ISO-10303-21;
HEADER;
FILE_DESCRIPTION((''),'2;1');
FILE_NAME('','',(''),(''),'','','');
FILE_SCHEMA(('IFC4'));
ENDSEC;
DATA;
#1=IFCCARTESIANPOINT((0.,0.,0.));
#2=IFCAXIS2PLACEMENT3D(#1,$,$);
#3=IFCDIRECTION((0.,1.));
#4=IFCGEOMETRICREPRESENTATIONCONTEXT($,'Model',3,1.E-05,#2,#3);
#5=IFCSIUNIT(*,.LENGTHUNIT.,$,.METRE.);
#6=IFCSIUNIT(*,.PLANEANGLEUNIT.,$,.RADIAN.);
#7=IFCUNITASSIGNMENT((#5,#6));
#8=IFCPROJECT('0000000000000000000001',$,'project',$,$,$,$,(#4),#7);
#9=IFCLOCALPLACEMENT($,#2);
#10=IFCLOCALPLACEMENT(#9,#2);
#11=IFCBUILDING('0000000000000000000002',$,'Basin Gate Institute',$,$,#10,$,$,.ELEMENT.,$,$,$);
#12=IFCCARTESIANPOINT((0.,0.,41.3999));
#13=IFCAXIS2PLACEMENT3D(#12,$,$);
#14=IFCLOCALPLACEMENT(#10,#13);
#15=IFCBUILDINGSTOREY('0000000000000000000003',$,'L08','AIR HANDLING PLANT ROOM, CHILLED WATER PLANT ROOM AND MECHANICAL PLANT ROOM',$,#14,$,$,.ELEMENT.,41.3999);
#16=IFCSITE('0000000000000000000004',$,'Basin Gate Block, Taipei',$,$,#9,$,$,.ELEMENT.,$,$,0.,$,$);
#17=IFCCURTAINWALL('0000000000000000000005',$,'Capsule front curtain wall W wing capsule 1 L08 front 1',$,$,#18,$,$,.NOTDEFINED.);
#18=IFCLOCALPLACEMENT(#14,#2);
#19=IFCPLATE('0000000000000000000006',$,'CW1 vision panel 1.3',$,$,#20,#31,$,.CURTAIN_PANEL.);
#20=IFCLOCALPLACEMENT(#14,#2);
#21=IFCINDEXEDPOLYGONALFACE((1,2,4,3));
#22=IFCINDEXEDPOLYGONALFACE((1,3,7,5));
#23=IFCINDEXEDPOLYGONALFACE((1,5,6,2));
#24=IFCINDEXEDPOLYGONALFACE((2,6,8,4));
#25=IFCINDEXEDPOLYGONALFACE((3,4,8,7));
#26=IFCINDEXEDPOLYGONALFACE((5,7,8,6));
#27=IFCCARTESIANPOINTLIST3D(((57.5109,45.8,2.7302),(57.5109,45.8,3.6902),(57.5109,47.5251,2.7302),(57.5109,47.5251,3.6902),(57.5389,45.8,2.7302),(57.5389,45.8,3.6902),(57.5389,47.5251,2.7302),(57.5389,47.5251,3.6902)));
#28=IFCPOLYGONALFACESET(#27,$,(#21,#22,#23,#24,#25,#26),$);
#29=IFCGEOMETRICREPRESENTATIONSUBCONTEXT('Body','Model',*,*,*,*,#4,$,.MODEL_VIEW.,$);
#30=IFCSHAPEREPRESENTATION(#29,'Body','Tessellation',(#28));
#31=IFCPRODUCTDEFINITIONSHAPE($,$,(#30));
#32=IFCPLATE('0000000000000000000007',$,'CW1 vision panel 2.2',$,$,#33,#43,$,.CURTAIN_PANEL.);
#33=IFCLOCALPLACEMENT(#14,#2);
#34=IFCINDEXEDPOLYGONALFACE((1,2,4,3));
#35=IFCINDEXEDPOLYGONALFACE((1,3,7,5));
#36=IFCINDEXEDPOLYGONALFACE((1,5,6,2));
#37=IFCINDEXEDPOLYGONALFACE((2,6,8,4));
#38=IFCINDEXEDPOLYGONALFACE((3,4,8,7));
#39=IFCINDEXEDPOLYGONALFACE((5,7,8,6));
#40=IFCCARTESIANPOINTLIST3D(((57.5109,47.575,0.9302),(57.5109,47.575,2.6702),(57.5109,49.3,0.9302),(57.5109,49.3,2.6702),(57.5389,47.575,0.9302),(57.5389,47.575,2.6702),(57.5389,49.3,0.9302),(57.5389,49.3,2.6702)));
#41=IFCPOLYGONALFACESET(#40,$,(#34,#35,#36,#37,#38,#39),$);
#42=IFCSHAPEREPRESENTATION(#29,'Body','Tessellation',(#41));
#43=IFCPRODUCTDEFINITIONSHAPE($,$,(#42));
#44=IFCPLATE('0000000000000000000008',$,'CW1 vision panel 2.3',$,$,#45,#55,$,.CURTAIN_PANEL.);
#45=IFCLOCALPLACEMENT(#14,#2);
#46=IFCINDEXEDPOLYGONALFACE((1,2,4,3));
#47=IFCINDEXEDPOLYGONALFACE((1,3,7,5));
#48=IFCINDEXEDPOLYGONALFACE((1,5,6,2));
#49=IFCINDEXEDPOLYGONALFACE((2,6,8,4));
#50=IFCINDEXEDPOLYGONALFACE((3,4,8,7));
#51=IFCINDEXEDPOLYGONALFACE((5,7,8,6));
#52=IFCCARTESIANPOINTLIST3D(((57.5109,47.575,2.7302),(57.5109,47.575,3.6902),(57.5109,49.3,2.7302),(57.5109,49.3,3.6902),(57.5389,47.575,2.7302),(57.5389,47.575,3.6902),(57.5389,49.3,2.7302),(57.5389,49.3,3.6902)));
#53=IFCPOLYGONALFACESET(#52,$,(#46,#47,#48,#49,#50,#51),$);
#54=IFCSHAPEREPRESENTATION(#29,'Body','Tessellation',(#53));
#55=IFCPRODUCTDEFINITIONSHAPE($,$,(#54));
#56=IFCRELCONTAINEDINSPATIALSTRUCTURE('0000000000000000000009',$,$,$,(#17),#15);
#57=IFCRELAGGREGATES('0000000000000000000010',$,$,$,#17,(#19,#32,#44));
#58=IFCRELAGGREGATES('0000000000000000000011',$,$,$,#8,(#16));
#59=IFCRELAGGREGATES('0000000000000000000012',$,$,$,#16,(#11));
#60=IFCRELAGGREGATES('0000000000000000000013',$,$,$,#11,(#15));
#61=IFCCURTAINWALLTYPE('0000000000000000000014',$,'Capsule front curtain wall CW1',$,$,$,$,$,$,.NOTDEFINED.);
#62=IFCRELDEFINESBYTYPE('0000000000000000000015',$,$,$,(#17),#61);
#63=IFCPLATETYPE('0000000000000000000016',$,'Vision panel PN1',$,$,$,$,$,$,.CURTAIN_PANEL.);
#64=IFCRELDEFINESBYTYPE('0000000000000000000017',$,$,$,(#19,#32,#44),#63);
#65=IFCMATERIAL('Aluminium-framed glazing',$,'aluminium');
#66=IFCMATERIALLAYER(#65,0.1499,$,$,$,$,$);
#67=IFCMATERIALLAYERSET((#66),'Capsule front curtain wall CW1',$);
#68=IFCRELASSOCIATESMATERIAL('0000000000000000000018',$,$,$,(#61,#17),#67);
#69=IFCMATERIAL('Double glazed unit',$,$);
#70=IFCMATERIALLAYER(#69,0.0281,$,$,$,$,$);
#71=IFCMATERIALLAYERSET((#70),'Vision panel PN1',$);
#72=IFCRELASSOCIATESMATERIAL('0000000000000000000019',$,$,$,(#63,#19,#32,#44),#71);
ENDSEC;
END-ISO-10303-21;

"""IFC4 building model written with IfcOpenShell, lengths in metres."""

from ifc_helpers import new_model, si_unit, direction, frame, origin, origin_2d, place, context, subcontext, project, spatial, rectangle, extrude, material, layer, layer_set, type_object, element, aggregate, save


model = new_model("IFC4")

# Units and contexts
model_context = context("Model", 3, precision=1e-05, world=origin(), true_north=direction((0.0, 1.0)))
body_context = subcontext(model_context, "Body", "Model", "MODEL_VIEW")
ifc_project = project(units=[si_unit("LENGTHUNIT", "METRE"), si_unit("PLANEANGLEUNIT", "RADIAN")], contexts=[model_context])

# Site, building, storey
site_placement = place(None, origin())
site = spatial("IfcSite", under=ifc_project, at=site_placement, Name="Basin Gate Block, Taipei", CompositionType="ELEMENT", RefElevation=0.0)
building_placement = place(site_placement, origin())
building = spatial("IfcBuilding", under=site, at=building_placement, Name="Basin Gate Institute", CompositionType="ELEMENT")
storey_placement = place(building_placement, frame((0.0, 0.0, 41.3999)))
storey = spatial("IfcBuildingStorey", under=building, at=storey_placement, Name="L08", Description="AIR HANDLING PLANT ROOM, CHILLED WATER PLANT ROOM AND MECHANICAL PLANT ROOM", CompositionType="ELEMENT", Elevation=41.3999)

# Curtain wall
ifc_material_1 = material(Name="Aluminium-framed glazing", Category="aluminium")
ifc_layer_1 = layer(ifc_material_1, 0.1499)
ifc_layer_set_1 = layer_set([ifc_layer_1], Name="Capsule front curtain wall CW1")
curtain_wall_type = type_object("IfcCurtainWallType", Name="Capsule front curtain wall CW1", PredefinedType="NOTDEFINED", material=ifc_layer_set_1)
curtain_wall_1_placement = place(storey_placement, origin())
curtain_wall_1 = element("IfcCurtainWall", 1, at=curtain_wall_1_placement, inside=storey, type_object=curtain_wall_type, material=ifc_layer_set_1, Name="Capsule front curtain wall W wing capsule 1 L08 front 1", PredefinedType="NOTDEFINED")

# Plates
ifc_material_2 = material(Name="Double glazed unit")
ifc_layer_2 = layer(ifc_material_2, 0.0281)
ifc_layer_set_2 = layer_set([ifc_layer_2], Name="Vision panel PN1")
plate_type_1 = type_object("IfcPlateType", Name="Vision panel PN1", PredefinedType="CURTAIN_PANEL", material=ifc_layer_set_2)
plate_1_placement = place(storey_placement, frame((57.5249, 46.6626, 2.7302), z_axis=(0.0, 0.0, 1.0), x_axis=(0.0, 1.0, 0.0)))
plate_1 = element("IfcPlate", 2, at=plate_1_placement, type_object=plate_type_1, material=ifc_layer_set_2, Name="CW1 vision panel 1.3", PredefinedType="CURTAIN_PANEL", context=body_context, shape_type="SweptSolid", body=[
    extrude(rectangle(XDim=1.7251, YDim=0.0281, at=origin_2d()), origin(), (0.0, 0.0, 1.0), 0.96),
])
plate_2_placement = place(storey_placement, frame((57.5249, 48.4375, 0.9302), z_axis=(0.0, 0.0, 1.0), x_axis=(0.0, 1.0, 0.0)))
plate_2 = element("IfcPlate", 3, at=plate_2_placement, type_object=plate_type_1, material=ifc_layer_set_2, Name="CW1 vision panel 2.2", PredefinedType="CURTAIN_PANEL", context=body_context, shape_type="SweptSolid", body=[
    extrude(rectangle(XDim=1.7251, YDim=0.0281, at=origin_2d()), origin(), (0.0, 0.0, 1.0), 1.74),
])
plate_3_placement = place(storey_placement, frame((57.5249, 48.4375, 2.7302), z_axis=(0.0, 0.0, 1.0), x_axis=(0.0, 1.0, 0.0)))
plate_3 = element("IfcPlate", 4, at=plate_3_placement, type_object=plate_type_1, material=ifc_layer_set_2, Name="CW1 vision panel 2.3", PredefinedType="CURTAIN_PANEL", context=body_context, shape_type="SweptSolid", body=[
    extrude(rectangle(XDim=1.7251, YDim=0.0281, at=origin_2d()), origin(), (0.0, 0.0, 1.0), 0.96),
])
aggregate(curtain_wall_1, [plate_1, plate_2, plate_3])

save(model, "model.ifc")
